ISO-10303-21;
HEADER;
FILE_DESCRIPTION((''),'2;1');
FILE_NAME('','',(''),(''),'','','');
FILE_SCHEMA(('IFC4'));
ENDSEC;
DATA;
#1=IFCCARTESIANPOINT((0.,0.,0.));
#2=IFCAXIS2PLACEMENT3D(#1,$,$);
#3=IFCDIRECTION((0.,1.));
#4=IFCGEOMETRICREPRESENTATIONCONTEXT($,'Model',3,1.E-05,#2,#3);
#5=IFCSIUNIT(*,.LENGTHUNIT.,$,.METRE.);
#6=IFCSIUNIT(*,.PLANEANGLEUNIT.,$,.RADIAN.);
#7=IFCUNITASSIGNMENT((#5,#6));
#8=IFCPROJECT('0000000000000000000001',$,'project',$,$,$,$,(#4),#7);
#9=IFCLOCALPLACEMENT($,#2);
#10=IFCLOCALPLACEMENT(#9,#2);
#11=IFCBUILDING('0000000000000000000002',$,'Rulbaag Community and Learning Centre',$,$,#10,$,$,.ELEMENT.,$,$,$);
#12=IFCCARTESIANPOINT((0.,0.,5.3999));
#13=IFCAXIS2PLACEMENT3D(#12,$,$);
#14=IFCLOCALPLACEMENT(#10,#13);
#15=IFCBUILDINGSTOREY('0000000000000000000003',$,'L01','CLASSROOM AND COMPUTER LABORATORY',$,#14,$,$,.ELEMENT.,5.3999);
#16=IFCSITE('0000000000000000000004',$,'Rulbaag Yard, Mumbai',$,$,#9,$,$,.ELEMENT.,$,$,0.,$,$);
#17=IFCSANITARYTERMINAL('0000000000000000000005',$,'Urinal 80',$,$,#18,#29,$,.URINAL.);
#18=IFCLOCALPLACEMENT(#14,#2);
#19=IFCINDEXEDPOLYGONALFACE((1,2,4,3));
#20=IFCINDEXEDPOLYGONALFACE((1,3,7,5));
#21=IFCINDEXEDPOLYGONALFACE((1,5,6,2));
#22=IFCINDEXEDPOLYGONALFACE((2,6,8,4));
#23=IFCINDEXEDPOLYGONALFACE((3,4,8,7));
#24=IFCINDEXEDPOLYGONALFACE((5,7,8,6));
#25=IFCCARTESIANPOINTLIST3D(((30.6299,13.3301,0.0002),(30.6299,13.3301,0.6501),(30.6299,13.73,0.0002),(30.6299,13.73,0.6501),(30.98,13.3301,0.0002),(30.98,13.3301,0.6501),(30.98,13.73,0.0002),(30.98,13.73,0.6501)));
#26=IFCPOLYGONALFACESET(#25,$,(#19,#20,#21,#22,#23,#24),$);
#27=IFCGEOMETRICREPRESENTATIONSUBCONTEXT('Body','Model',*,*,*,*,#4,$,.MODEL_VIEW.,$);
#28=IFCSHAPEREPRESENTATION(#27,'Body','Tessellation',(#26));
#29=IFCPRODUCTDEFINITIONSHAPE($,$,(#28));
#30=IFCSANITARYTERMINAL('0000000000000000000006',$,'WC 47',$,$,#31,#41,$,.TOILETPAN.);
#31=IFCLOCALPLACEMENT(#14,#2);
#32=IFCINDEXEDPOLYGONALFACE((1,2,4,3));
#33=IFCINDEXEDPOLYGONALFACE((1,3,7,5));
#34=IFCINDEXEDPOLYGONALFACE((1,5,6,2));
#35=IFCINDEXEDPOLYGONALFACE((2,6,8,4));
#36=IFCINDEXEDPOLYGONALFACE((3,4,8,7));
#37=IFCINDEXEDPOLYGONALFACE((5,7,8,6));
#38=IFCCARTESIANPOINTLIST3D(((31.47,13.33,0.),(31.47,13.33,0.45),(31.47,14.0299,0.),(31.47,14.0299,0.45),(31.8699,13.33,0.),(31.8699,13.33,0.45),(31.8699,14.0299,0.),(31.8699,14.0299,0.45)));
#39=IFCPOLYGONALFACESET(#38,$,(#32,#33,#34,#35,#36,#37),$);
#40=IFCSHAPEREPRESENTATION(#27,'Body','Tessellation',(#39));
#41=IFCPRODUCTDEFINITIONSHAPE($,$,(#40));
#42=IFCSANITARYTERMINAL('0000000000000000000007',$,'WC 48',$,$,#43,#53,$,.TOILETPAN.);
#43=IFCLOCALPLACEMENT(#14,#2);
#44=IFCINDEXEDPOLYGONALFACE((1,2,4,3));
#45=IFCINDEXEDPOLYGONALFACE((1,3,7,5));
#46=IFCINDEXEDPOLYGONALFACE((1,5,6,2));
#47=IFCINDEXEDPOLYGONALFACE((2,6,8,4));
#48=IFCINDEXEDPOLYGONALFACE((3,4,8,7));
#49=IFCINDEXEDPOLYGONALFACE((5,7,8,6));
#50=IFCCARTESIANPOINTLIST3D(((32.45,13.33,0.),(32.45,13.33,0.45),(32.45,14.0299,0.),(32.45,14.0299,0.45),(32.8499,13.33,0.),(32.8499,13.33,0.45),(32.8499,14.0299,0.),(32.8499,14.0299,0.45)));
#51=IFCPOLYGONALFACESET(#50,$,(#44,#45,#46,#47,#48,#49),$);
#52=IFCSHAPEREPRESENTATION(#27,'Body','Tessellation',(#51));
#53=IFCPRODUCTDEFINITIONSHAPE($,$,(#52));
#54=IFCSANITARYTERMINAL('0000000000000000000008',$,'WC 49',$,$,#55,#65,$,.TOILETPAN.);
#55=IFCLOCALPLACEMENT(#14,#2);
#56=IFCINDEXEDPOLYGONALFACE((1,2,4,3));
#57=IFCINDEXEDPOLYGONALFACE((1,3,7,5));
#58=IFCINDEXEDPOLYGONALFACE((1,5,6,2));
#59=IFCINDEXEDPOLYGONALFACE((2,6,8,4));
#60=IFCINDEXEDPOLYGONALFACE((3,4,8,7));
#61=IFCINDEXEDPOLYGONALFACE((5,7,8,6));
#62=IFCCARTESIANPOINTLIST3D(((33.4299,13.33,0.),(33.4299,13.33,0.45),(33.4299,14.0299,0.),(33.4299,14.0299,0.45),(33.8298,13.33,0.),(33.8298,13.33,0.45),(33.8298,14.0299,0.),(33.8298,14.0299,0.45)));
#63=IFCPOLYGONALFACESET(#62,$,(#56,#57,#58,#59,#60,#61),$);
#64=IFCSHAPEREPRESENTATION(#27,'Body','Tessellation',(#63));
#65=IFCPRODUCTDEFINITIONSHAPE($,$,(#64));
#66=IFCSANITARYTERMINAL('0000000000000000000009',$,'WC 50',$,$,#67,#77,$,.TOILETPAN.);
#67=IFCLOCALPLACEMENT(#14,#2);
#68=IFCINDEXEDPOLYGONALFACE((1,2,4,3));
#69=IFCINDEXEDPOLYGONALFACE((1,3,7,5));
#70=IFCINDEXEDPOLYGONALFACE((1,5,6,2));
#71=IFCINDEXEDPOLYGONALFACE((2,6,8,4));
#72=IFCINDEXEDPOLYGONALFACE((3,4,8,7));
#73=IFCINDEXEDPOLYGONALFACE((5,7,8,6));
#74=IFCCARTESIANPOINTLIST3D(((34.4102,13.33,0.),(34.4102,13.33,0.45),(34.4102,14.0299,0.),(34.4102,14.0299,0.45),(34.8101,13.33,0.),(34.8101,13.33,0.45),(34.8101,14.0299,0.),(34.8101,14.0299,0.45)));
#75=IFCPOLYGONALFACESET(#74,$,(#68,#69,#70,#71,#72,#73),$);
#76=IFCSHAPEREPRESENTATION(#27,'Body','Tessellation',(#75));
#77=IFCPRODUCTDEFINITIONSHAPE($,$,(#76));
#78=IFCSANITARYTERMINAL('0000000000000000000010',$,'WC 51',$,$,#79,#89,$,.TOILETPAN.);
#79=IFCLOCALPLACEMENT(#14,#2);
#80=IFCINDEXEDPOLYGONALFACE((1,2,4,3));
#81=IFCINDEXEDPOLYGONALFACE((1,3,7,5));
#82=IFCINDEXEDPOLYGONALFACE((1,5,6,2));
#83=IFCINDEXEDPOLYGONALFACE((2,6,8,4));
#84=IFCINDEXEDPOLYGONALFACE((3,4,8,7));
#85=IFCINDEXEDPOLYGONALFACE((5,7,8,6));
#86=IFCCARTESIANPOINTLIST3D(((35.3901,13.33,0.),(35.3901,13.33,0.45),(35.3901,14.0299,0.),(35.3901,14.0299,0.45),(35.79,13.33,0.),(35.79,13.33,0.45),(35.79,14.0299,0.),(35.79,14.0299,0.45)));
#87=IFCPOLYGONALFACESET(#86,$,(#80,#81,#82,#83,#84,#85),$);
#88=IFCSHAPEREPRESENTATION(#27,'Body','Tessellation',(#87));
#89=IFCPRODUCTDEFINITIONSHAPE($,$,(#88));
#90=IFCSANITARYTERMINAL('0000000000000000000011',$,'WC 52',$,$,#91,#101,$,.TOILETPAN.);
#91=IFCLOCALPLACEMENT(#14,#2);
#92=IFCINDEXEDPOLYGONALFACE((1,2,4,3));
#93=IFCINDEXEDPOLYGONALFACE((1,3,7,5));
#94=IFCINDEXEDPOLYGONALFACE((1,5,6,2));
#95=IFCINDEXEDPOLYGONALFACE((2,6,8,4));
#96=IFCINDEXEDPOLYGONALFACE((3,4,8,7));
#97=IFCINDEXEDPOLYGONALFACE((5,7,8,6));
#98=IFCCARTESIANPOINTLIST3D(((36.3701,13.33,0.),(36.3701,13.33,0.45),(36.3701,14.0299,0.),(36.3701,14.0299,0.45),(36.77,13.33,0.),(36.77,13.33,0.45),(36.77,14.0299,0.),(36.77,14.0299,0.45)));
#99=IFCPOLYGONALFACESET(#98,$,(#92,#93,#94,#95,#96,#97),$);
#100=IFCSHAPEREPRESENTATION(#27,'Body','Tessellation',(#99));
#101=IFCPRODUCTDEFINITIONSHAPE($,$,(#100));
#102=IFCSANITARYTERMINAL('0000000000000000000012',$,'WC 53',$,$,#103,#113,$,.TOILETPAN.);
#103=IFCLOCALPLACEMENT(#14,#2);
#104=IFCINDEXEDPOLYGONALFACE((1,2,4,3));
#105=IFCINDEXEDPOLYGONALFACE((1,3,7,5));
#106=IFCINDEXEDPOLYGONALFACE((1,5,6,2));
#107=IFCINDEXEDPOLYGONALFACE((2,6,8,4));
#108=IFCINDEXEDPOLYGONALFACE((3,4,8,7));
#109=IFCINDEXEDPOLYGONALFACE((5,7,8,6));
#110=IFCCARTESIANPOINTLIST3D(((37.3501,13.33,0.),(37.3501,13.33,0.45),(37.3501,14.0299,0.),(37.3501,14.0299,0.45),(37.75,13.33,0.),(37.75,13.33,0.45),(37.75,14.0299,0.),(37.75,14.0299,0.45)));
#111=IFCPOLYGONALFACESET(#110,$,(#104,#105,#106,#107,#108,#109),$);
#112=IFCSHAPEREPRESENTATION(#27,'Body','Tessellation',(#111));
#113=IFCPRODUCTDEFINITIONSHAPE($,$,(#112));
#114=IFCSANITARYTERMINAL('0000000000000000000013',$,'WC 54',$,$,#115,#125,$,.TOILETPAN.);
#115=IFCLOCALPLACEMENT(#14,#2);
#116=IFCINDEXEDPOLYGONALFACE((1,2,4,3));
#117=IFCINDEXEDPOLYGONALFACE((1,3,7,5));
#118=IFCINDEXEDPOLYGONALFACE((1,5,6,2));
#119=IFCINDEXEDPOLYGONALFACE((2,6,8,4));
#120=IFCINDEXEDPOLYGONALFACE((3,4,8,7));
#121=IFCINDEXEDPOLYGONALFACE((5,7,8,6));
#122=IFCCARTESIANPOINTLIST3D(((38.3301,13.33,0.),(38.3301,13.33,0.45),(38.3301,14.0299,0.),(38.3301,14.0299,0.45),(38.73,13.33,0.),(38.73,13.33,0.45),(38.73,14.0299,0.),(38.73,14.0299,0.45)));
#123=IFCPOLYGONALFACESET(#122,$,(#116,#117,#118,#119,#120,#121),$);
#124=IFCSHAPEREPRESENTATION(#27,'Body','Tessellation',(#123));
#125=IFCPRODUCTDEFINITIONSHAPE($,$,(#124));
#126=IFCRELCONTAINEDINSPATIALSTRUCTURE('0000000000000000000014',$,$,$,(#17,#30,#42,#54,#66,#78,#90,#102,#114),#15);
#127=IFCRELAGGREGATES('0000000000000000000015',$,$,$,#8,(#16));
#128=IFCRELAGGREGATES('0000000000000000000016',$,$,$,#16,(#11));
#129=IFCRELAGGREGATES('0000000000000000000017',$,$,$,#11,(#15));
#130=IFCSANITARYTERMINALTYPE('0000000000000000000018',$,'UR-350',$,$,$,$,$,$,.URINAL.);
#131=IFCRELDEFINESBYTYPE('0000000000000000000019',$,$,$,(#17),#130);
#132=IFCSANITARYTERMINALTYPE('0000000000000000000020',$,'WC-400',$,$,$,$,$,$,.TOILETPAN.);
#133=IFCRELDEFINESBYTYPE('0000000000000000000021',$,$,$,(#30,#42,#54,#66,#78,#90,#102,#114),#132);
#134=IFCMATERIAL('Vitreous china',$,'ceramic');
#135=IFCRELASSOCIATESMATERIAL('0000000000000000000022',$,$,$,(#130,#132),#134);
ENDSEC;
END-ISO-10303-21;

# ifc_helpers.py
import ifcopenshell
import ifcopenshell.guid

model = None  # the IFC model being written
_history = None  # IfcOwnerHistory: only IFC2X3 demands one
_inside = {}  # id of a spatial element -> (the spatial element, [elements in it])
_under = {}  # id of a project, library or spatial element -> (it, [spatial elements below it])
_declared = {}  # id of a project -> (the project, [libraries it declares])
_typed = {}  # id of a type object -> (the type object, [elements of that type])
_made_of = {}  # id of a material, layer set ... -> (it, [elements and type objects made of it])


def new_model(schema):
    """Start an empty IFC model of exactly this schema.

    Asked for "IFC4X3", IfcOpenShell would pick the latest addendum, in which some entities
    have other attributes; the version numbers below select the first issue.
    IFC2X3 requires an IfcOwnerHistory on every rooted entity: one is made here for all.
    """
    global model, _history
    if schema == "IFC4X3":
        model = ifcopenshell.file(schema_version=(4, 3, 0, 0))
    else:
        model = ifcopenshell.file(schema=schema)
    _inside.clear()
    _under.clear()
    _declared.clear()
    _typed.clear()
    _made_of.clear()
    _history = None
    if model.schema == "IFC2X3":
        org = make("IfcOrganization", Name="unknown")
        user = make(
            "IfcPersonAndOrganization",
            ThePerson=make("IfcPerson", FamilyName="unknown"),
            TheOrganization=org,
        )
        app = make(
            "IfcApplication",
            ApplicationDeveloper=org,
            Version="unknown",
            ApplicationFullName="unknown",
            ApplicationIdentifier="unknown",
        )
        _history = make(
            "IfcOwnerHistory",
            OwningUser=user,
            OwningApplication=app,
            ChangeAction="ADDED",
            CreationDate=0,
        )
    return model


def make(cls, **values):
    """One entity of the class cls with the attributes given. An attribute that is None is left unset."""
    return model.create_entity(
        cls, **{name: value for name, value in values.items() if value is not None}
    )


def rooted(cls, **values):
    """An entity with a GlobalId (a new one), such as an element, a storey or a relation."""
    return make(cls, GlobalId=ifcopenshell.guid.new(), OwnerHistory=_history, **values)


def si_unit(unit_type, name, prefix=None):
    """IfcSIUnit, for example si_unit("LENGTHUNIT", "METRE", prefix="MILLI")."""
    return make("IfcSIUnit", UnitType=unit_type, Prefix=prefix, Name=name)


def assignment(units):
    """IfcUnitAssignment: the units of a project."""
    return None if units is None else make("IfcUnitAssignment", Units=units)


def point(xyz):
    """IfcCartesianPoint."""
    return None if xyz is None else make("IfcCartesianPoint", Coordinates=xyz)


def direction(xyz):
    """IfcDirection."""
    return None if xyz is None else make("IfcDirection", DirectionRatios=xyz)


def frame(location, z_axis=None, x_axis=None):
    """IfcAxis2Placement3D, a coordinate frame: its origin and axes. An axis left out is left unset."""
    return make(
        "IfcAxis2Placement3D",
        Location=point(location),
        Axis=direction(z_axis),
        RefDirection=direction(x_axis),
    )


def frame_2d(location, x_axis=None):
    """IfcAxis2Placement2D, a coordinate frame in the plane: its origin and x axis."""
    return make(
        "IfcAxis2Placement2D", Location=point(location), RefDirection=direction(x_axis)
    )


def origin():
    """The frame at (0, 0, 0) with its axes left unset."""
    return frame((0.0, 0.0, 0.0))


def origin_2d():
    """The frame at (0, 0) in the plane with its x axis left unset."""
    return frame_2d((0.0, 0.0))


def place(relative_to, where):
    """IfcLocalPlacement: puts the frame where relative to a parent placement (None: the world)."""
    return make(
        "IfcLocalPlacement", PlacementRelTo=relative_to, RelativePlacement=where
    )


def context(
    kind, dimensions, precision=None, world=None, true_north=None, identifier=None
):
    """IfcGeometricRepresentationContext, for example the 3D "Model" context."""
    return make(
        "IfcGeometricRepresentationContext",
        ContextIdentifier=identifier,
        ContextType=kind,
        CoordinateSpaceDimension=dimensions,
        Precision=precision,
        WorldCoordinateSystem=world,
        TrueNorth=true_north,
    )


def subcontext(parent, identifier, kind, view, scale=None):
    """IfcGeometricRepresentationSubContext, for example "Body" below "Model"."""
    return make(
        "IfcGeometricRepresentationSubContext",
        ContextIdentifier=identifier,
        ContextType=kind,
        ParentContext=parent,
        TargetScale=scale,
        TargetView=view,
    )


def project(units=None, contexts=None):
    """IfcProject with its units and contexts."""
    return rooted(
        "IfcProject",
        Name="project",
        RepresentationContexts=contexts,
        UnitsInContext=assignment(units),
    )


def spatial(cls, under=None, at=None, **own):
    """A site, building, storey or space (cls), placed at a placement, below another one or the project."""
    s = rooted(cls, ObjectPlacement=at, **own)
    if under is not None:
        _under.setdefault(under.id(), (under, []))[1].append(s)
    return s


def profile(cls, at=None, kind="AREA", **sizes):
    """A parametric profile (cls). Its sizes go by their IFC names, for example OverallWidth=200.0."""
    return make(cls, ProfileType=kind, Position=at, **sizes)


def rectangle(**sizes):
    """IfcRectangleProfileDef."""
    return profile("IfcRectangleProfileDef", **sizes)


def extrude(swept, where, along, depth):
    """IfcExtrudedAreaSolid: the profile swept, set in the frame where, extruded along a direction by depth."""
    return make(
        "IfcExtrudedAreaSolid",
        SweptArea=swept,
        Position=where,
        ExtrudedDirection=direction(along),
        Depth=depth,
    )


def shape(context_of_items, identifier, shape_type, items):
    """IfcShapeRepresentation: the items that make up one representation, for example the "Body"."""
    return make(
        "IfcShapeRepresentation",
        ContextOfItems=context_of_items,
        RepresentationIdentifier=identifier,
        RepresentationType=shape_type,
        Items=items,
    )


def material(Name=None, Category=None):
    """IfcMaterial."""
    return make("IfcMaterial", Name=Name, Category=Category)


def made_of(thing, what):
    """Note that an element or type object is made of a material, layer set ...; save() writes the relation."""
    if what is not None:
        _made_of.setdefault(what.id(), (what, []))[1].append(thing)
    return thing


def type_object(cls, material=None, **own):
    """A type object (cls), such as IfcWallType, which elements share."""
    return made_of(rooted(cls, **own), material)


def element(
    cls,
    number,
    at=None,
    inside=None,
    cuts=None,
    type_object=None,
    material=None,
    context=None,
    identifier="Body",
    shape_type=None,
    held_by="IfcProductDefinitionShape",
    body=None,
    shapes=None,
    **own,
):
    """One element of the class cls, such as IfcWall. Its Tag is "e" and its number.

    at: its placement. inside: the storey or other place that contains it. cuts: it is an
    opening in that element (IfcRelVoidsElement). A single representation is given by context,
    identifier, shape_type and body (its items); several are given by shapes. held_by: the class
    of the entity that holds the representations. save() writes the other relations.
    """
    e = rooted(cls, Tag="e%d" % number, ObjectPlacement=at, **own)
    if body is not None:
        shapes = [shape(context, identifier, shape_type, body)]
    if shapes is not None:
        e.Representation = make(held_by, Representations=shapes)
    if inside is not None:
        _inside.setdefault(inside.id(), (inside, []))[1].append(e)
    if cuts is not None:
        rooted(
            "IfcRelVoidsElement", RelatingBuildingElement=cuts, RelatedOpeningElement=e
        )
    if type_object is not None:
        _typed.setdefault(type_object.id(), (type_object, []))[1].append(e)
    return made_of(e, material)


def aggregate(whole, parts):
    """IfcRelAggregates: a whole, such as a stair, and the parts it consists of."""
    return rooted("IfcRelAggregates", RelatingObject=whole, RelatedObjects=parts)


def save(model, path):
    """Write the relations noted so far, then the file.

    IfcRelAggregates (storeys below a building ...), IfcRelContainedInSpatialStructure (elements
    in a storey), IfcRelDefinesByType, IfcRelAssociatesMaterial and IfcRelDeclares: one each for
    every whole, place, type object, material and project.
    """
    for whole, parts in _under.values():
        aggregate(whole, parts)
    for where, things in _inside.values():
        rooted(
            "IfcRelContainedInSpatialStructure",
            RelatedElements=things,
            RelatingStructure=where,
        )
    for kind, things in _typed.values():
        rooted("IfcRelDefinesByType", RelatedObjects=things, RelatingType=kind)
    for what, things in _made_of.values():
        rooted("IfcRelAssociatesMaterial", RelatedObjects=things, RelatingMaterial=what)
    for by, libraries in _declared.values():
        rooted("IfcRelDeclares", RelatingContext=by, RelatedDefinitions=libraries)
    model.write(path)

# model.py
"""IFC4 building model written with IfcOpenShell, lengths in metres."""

from ifc_helpers import new_model, si_unit, direction, frame, origin, origin_2d, place, context, subcontext, project, spatial, rectangle, extrude, material, type_object, element, save


model = new_model("IFC4")

# Units and contexts
model_context = context("Model", 3, precision=1e-05, world=origin(), true_north=direction((0.0, 1.0)))
body_context = subcontext(model_context, "Body", "Model", "MODEL_VIEW")
ifc_project = project(units=[si_unit("LENGTHUNIT", "METRE"), si_unit("PLANEANGLEUNIT", "RADIAN")], contexts=[model_context])

# Site, building, storey
site_placement = place(None, origin())
site = spatial("IfcSite", under=ifc_project, at=site_placement, Name="Rulbaag Yard, Mumbai", CompositionType="ELEMENT", RefElevation=0.0)
building_placement = place(site_placement, origin())
building = spatial("IfcBuilding", under=site, at=building_placement, Name="Rulbaag Community and Learning Centre", CompositionType="ELEMENT")
storey_placement = place(building_placement, frame((0.0, 0.0, 5.3999)))
storey = spatial("IfcBuildingStorey", under=building, at=storey_placement, Name="L01", Description="CLASSROOM AND COMPUTER LABORATORY", CompositionType="ELEMENT", Elevation=5.3999)

# Sanitary terminals
ifc_material_1 = material(Name="Vitreous china", Category="ceramic")
sanitary_terminal_type_1 = type_object("IfcSanitaryTerminalType", Name="UR-350", PredefinedType="URINAL", material=ifc_material_1)
sanitary_terminal_1_placement = place(storey_placement, frame((30.8049, 13.53, 0.0002), z_axis=(0.0, 0.0, 1.0), x_axis=(1.0, 0.0, 0.0)))
element("IfcSanitaryTerminal", 1, at=sanitary_terminal_1_placement, inside=storey, type_object=sanitary_terminal_type_1, Name="Urinal 80", PredefinedType="URINAL", context=body_context, shape_type="SweptSolid", body=[
    extrude(rectangle(XDim=0.3501, YDim=0.3999, at=origin_2d()), origin(), (0.0, 0.0, 1.0), 0.6499),
])
sanitary_terminal_type_2 = type_object("IfcSanitaryTerminalType", Name="WC-400", PredefinedType="TOILETPAN", material=ifc_material_1)
for number, where, z_axis, x_axis, name in (
    (2, (31.6699, 13.6799, 0.0), (0.0, 0.0, 1.0), (1.0, 0.0, 0.0), "WC 47"),
    (3, (32.6499, 13.6799, 0.0), (0.0, 0.0, 1.0), (1.0, 0.0, 0.0), "WC 48"),
    (4, (33.6299, 13.6799, 0.0), (0.0, 0.0, 1.0), (1.0, 0.0, 0.0), "WC 49"),
    (5, (34.6101, 13.6799, 0.0), (0.0, 0.0, 1.0), (1.0, 0.0, 0.0), "WC 50"),
    (6, (35.5901, 13.6799, 0.0), (0.0, 0.0, 1.0), (1.0, 0.0, 0.0), "WC 51"),
    (7, (36.5701, 13.6799, 0.0), (0.0, 0.0, 1.0), (1.0, 0.0, 0.0), "WC 52"),
    (8, (37.55, 13.6799, 0.0), (0.0, 0.0, 1.0), (1.0, 0.0, 0.0), "WC 53"),
    (9, (38.53, 13.6799, 0.0), (0.0, 0.0, 1.0), (1.0, 0.0, 0.0), "WC 54"),
):
    element("IfcSanitaryTerminal", number, at=place(storey_placement, frame(where, z_axis=z_axis, x_axis=x_axis)), inside=storey, type_object=sanitary_terminal_type_2, Name=name, PredefinedType="TOILETPAN", context=body_context, shape_type="SweptSolid", body=[
        extrude(rectangle(XDim=0.3999, YDim=0.7, at=origin_2d()), origin(), (0.0, 0.0, 1.0), 0.45),
    ])

save(model, "model.ifc")
